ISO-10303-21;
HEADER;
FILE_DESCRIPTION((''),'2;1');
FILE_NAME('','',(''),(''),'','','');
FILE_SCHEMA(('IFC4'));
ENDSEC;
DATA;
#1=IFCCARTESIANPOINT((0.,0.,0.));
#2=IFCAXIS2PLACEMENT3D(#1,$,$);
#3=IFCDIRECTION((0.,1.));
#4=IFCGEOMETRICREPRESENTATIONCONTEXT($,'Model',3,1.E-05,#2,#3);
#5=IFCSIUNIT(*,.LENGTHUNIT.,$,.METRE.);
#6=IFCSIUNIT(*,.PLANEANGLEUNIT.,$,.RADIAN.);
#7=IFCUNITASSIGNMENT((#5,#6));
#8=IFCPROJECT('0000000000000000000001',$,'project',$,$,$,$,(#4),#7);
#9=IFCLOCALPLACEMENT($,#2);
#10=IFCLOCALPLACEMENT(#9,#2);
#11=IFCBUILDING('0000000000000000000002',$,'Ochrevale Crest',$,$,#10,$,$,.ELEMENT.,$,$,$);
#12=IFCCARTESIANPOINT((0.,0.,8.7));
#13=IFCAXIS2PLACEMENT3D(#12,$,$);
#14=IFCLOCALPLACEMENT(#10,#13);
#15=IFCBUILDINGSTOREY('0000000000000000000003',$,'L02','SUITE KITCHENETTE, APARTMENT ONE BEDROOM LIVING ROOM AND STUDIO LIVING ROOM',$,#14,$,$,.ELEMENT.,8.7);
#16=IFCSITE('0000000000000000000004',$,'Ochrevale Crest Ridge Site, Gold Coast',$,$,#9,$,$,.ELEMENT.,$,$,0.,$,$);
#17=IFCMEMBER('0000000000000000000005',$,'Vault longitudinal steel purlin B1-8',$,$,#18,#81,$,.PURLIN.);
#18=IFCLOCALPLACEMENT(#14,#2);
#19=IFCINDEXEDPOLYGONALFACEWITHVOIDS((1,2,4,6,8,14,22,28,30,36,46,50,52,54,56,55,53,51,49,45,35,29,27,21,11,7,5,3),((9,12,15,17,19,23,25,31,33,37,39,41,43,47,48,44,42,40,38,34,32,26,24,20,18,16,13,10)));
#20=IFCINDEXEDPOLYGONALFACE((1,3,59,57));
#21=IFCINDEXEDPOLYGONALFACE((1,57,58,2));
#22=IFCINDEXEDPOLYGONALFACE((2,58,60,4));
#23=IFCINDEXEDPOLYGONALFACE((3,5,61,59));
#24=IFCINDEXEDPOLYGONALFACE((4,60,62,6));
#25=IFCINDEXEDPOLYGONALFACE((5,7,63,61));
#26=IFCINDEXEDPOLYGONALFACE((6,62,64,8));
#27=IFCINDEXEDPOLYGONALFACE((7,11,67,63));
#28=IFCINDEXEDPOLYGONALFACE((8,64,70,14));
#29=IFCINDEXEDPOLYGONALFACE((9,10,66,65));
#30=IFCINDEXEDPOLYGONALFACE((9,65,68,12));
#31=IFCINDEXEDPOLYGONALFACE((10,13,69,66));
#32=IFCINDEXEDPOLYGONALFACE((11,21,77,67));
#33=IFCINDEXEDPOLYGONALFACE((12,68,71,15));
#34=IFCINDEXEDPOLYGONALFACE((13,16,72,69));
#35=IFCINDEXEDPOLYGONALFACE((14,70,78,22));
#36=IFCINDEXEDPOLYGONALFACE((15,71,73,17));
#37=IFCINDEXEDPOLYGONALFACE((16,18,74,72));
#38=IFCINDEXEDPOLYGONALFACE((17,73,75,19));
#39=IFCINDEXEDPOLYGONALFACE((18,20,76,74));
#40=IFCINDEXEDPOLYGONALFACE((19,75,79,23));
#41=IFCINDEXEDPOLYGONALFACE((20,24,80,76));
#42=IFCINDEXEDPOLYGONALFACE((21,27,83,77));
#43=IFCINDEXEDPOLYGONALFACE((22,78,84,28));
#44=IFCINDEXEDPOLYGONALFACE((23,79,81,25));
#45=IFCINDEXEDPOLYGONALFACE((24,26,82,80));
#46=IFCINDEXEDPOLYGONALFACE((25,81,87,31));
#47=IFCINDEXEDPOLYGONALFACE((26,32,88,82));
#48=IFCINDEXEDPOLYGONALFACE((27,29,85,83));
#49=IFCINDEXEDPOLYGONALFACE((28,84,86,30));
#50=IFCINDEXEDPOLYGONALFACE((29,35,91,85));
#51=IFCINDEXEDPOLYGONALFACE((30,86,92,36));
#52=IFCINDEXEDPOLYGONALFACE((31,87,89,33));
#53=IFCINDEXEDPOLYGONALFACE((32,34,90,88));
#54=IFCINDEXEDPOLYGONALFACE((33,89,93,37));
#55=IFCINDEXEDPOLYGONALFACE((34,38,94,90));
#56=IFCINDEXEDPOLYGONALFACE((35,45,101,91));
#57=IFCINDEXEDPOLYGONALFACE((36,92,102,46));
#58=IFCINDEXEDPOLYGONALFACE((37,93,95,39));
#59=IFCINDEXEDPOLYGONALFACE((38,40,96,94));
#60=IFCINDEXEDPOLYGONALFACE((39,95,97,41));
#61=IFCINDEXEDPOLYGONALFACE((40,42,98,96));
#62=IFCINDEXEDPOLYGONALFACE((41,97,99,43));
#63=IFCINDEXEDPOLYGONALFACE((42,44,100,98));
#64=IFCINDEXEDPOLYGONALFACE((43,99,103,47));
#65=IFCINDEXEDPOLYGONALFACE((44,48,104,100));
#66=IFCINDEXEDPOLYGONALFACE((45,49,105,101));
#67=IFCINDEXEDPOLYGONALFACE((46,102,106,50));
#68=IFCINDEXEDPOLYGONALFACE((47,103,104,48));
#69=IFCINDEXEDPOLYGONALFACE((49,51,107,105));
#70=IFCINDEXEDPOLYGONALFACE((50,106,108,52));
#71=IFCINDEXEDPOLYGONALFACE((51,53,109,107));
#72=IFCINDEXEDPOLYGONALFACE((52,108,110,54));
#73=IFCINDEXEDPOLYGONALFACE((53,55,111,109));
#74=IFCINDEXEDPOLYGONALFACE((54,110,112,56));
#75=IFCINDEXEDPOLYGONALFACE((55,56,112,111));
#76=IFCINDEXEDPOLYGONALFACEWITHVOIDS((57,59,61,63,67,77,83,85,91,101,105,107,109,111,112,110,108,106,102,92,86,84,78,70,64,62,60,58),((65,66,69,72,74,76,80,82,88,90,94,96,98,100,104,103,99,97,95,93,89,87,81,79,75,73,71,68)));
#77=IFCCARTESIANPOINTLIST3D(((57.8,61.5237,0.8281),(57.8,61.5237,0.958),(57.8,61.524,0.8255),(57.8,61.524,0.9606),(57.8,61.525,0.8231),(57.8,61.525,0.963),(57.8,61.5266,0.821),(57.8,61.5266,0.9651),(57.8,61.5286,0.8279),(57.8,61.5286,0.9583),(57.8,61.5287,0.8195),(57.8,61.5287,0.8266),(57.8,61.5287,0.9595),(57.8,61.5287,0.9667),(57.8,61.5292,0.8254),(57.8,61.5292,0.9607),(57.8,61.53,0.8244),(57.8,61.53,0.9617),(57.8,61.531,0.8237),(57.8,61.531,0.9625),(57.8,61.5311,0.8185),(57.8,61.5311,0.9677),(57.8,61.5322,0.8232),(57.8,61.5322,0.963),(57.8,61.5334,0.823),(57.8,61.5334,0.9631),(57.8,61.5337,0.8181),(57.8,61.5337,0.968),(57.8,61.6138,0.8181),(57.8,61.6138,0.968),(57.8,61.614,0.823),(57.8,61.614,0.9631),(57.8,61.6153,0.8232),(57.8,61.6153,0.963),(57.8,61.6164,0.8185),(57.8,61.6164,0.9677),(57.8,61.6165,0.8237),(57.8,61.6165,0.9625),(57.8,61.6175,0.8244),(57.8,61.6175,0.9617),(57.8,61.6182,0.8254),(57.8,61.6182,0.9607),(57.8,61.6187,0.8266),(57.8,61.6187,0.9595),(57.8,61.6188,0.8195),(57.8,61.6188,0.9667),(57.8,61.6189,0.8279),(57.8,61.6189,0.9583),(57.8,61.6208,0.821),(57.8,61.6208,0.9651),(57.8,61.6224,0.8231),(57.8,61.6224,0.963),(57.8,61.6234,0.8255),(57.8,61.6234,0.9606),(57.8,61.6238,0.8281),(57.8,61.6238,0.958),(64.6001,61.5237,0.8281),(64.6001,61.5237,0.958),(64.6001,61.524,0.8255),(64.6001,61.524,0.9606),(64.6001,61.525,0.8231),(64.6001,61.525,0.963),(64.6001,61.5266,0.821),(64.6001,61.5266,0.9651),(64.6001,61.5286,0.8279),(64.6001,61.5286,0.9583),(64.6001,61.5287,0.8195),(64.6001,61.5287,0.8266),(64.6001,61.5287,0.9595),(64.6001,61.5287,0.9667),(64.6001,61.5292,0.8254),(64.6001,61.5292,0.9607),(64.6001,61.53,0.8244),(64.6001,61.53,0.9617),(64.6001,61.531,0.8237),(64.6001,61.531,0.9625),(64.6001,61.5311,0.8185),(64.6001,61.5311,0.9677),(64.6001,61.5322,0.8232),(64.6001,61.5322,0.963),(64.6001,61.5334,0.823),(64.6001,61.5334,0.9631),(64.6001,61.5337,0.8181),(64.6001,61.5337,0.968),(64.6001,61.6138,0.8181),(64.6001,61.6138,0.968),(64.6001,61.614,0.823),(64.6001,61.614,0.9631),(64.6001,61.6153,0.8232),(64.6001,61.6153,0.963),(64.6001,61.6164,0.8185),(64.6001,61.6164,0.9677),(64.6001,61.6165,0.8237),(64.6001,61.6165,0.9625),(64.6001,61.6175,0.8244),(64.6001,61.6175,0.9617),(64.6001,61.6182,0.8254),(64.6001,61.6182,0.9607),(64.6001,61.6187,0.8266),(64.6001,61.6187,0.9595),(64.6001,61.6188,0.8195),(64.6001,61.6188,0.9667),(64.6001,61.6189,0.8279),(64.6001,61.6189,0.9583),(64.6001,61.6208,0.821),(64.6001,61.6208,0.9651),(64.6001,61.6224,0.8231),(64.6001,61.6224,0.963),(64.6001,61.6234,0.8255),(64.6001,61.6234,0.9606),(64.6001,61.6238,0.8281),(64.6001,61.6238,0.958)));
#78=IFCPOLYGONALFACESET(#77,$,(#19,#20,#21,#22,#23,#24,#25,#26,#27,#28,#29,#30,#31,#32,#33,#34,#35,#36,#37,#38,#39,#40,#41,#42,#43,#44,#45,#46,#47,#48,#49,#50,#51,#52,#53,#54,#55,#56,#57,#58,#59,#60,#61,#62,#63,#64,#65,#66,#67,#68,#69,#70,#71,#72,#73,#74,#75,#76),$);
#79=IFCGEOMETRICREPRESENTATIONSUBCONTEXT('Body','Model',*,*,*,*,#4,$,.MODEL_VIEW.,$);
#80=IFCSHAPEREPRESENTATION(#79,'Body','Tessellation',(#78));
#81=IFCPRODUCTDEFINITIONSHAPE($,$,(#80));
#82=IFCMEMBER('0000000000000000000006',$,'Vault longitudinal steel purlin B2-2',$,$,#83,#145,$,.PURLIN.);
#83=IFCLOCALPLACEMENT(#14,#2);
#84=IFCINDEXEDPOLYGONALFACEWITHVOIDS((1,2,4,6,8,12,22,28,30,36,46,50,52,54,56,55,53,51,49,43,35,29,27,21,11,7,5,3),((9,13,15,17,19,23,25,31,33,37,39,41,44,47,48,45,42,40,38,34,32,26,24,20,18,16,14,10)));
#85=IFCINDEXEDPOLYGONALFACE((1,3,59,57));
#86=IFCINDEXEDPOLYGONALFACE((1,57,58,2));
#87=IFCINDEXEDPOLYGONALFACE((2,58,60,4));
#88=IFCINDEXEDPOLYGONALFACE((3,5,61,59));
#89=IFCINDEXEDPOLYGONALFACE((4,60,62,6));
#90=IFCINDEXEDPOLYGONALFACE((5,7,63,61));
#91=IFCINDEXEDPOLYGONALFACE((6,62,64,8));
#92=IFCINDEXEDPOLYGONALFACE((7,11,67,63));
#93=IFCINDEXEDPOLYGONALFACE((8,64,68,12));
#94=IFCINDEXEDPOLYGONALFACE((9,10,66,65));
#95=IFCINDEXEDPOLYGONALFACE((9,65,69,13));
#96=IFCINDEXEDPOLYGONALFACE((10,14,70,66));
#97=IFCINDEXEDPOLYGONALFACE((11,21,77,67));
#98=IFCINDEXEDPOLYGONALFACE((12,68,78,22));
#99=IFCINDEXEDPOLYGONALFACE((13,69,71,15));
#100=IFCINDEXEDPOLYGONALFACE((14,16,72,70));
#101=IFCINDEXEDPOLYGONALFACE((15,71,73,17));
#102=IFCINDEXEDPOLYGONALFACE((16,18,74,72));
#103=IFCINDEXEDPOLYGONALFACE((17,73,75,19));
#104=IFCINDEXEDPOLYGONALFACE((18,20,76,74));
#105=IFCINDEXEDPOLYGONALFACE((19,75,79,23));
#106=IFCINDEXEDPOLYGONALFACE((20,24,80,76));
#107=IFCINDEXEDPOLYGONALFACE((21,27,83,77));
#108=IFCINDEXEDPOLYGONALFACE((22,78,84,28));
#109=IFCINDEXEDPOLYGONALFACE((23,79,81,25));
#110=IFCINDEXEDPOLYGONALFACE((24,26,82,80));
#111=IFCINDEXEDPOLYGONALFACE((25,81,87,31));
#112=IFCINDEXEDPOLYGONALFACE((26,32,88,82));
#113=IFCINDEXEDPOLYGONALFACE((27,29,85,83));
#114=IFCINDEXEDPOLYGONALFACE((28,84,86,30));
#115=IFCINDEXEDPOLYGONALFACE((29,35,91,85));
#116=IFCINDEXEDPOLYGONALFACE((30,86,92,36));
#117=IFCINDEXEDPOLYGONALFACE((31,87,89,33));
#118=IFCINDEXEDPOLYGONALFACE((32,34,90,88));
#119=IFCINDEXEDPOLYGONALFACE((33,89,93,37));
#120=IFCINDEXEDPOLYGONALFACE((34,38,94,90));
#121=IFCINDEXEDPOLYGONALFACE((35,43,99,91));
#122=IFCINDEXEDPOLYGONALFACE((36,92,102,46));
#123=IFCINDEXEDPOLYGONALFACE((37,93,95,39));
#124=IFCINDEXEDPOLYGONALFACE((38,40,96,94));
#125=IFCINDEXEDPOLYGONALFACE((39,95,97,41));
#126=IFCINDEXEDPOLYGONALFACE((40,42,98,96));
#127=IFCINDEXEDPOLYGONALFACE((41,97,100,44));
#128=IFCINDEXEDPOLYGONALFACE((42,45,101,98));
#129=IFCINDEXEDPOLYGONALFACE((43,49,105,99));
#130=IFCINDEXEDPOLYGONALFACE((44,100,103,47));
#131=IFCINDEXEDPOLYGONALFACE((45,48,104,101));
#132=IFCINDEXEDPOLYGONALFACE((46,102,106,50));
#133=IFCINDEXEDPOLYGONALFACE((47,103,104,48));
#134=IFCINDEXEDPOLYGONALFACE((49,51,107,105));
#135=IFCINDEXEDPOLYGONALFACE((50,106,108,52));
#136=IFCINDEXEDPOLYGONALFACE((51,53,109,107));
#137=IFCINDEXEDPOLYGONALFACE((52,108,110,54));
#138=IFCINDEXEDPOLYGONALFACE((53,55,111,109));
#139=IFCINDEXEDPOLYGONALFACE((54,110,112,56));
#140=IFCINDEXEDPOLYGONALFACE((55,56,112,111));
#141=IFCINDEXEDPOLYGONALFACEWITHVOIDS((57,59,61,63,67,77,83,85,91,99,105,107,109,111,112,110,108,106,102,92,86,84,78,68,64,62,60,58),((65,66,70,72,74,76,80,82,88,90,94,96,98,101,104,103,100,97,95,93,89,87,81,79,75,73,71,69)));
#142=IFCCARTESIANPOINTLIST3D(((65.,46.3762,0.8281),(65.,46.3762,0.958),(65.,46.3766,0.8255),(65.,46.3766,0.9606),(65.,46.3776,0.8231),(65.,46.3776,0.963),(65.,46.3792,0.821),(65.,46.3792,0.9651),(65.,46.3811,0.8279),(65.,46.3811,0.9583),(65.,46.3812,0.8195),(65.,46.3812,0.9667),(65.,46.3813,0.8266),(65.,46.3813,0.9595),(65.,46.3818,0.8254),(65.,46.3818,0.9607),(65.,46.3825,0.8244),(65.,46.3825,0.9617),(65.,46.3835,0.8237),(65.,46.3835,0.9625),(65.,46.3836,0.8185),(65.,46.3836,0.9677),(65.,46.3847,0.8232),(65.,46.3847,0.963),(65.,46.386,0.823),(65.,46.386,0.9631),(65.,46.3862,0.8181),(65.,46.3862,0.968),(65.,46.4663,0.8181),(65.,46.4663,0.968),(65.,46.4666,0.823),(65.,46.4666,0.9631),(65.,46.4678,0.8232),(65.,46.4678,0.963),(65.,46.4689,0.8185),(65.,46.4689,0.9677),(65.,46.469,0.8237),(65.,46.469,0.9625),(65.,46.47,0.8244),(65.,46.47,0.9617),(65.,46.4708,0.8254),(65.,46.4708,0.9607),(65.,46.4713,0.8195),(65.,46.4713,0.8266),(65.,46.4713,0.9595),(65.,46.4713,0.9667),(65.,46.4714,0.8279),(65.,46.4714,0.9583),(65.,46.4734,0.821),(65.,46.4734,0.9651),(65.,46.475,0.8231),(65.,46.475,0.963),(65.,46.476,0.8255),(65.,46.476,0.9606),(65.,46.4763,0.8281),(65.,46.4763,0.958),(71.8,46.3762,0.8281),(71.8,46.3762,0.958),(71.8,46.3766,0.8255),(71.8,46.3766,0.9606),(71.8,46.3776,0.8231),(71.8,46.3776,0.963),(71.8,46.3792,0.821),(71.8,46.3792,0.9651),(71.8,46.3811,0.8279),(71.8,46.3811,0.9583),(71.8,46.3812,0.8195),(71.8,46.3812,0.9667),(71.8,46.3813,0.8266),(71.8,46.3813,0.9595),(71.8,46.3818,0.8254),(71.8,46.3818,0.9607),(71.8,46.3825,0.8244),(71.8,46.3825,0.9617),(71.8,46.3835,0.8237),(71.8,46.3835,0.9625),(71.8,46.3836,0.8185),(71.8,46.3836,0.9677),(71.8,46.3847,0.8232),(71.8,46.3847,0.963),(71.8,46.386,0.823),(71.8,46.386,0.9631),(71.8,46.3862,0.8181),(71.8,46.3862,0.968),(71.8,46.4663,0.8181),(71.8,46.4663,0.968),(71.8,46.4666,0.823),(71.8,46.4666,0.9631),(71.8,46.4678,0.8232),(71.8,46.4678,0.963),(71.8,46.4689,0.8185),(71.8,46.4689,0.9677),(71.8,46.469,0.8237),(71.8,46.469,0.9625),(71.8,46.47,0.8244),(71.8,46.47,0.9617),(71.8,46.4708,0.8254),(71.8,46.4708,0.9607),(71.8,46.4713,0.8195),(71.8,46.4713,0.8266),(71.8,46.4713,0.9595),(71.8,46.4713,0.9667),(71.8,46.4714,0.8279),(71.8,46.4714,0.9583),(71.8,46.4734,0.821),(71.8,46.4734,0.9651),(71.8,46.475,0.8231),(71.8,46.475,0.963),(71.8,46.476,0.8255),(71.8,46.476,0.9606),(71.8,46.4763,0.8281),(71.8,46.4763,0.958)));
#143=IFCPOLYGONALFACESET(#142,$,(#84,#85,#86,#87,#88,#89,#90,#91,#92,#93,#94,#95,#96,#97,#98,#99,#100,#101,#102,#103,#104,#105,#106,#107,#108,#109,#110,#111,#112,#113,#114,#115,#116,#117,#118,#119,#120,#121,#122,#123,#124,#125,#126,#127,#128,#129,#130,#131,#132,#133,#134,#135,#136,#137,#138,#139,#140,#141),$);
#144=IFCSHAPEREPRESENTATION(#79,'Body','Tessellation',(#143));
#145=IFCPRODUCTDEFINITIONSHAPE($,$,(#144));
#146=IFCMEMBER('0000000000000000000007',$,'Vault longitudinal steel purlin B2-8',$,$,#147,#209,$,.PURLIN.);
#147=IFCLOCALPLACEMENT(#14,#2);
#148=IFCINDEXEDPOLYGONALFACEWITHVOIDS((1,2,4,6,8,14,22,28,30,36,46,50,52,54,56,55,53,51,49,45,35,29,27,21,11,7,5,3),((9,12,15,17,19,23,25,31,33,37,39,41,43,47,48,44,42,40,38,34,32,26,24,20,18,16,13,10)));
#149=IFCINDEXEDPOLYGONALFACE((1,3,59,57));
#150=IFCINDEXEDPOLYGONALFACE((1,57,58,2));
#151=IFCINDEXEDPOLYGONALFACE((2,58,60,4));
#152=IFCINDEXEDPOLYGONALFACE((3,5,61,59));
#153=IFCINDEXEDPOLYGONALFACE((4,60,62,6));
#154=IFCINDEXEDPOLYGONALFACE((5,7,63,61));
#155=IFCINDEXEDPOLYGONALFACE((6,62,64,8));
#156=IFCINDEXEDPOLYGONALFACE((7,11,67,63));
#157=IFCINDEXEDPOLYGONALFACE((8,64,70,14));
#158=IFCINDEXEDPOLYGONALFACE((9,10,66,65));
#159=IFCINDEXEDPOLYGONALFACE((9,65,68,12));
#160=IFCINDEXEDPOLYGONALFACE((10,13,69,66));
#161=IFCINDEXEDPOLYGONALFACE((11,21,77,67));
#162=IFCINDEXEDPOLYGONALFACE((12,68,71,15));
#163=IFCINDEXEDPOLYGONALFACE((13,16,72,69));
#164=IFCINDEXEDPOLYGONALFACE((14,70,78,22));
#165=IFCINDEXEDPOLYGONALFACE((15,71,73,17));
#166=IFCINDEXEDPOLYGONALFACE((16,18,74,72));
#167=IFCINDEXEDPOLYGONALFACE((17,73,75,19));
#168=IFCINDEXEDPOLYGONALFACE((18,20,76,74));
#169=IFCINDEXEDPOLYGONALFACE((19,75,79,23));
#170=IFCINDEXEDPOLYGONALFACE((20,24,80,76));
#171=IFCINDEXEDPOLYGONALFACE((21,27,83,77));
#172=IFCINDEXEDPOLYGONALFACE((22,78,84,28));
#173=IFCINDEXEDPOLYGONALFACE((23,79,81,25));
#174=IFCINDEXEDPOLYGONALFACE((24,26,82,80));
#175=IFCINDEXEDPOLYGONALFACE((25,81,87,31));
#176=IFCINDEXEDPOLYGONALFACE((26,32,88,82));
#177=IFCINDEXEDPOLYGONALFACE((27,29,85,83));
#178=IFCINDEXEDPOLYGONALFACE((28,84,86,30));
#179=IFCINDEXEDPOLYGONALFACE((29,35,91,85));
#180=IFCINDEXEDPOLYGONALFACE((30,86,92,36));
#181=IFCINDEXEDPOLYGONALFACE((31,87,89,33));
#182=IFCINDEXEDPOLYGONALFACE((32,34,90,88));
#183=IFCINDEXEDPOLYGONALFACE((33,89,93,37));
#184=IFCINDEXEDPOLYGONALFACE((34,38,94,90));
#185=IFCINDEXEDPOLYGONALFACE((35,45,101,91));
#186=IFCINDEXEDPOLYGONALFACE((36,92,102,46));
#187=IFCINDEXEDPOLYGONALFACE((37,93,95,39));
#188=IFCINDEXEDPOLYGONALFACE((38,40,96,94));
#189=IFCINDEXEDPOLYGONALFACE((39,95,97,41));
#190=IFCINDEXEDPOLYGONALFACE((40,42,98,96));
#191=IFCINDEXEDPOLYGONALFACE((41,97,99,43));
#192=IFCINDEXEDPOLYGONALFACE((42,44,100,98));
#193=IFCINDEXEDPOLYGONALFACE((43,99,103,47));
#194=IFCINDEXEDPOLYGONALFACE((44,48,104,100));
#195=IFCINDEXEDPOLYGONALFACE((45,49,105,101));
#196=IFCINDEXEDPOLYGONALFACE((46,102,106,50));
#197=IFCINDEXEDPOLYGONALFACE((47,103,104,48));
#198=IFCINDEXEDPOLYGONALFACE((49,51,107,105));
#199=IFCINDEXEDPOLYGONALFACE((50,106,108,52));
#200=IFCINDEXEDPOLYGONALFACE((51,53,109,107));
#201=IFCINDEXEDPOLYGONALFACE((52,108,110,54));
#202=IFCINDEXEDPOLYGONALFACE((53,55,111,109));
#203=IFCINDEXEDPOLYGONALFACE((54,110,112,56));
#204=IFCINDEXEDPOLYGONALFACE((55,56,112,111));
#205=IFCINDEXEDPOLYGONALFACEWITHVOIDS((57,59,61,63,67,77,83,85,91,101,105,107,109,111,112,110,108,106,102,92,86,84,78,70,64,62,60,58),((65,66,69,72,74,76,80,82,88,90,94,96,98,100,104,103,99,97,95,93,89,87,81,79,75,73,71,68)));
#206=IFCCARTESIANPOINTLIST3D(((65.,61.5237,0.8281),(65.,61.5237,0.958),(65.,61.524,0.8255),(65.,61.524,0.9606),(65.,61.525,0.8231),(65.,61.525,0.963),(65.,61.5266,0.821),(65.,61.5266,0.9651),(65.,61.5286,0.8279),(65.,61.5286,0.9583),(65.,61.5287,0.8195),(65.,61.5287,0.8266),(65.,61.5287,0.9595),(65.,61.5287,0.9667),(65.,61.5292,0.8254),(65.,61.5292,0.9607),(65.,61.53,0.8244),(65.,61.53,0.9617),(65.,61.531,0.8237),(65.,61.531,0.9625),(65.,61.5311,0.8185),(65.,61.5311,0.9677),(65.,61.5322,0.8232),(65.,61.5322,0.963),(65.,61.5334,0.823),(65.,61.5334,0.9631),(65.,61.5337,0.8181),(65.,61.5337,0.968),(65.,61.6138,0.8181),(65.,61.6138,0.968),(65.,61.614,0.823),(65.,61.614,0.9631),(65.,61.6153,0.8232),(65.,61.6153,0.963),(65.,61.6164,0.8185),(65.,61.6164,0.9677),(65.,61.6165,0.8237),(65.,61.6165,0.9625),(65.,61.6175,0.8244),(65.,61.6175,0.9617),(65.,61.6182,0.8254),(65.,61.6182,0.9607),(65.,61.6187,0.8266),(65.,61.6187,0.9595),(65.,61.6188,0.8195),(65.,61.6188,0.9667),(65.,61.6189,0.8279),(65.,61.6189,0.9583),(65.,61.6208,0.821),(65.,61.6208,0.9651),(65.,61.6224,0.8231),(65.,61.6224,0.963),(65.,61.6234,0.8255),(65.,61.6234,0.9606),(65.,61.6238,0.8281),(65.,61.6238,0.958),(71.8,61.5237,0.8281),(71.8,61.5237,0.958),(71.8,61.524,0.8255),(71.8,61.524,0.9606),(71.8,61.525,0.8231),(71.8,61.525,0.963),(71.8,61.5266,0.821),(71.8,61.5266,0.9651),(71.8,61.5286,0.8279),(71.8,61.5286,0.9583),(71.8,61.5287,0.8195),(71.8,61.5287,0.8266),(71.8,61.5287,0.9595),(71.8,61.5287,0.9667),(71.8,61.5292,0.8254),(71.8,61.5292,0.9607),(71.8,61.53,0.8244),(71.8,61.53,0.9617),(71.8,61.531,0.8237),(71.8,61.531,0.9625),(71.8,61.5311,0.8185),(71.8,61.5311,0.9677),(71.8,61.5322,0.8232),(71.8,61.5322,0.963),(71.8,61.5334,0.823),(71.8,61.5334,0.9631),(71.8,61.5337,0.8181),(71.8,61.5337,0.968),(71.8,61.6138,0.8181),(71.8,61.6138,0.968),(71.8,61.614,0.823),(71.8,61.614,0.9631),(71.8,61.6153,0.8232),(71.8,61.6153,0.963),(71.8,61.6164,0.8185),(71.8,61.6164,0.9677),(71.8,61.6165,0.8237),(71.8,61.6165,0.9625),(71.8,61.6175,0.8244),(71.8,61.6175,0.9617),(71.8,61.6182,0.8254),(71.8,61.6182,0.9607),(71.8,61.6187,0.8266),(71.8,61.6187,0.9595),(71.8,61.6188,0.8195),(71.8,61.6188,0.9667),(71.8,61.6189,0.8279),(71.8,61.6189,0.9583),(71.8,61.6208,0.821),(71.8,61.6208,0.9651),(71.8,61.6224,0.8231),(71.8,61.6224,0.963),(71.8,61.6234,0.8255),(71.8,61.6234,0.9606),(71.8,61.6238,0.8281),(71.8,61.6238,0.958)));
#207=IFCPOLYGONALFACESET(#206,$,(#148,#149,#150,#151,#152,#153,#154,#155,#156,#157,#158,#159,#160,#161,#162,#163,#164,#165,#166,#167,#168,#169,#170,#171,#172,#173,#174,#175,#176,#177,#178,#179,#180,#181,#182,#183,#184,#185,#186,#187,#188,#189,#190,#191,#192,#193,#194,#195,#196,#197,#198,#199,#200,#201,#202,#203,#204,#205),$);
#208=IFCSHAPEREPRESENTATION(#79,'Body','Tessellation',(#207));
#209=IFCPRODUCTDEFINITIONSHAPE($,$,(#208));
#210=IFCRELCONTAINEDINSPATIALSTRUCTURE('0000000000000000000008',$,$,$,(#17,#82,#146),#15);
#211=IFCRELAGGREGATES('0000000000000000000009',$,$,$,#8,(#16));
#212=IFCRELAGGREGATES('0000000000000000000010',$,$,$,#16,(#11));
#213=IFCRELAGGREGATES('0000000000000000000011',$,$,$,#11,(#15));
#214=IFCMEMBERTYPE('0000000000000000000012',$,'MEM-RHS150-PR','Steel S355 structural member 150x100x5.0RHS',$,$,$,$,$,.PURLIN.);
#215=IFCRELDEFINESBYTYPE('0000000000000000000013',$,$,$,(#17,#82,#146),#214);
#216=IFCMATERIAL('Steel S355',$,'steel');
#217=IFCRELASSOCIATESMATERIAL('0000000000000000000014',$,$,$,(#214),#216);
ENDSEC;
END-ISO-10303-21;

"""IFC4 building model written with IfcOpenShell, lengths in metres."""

from ifc_helpers import new_model, si_unit, direction, frame, origin, origin_2d, place, context, subcontext, project, spatial, hollow_rectangle, extrude, material, material_profile, profile_set, type_object, element, save


model = new_model("IFC4")

# Units and contexts
model_context = context("Model", 3, precision=1e-05, world=origin(), true_north=direction((0.0, 1.0)))
body_context = subcontext(model_context, "Body", "Model", "MODEL_VIEW")
ifc_project = project(units=[si_unit("LENGTHUNIT", "METRE"), si_unit("PLANEANGLEUNIT", "RADIAN")], contexts=[model_context])

# Site, building, storey
site_placement = place(None, origin())
site = spatial("IfcSite", under=ifc_project, at=site_placement, Name="Ochrevale Crest Ridge Site, Gold Coast", CompositionType="ELEMENT", RefElevation=0.0)
building_placement = place(site_placement, origin())
building = spatial("IfcBuilding", under=site, at=building_placement, Name="Ochrevale Crest", CompositionType="ELEMENT")
storey_placement = place(building_placement, frame((0.0, 0.0, 8.7)))
storey = spatial("IfcBuildingStorey", under=building, at=storey_placement, Name="L02", Description="SUITE KITCHENETTE, APARTMENT ONE BEDROOM LIVING ROOM AND STUDIO LIVING ROOM", CompositionType="ELEMENT", Elevation=8.7)

# Members
ifc_material_1 = material(Name="Steel S355", Category="steel")
ifc_material_profile_1 = material_profile(ifc_material_1, hollow_rectangle(XDim=0.1001, YDim=0.1499, WallThickness=0.0049, InnerFilletRadius=0.0049, OuterFilletRadius=0.01, at=origin_2d()), Name="150x100x5.0RHS")
ifc_profile_set_1 = profile_set([ifc_material_profile_1], Name="Steel S355")
member_type_1 = type_object("IfcMemberType", Name="MEM-RHS150-PR", Description="Steel S355 structural member 150x100x5.0RHS", PredefinedType="PURLIN", material=ifc_profile_set_1)
for number, where, z_axis, x_axis, name in (
    (1, (57.8, 61.5737, 0.8931), (1.0, 0.0, 0.0), (0.0, 1.0, 0.0), "Vault longitudinal steel purlin B1-8"),
    (2, (65.0, 46.4263, 0.8931), (1.0, 0.0, 0.0), (0.0, 1.0, 0.0), "Vault longitudinal steel purlin B2-2"),
    (3, (65.0, 61.5737, 0.8931), (1.0, 0.0, 0.0), (0.0, 1.0, 0.0), "Vault longitudinal steel purlin B2-8"),
):
    element("IfcMember", number, at=place(storey_placement, frame(where, z_axis=z_axis, x_axis=x_axis)), inside=storey, type_object=member_type_1, Name=name, PredefinedType="PURLIN", context=body_context, shape_type="SweptSolid", body=[
        extrude(hollow_rectangle(XDim=0.1001, YDim=0.1499, WallThickness=0.0049, InnerFilletRadius=0.0049, OuterFilletRadius=0.01, at=origin_2d()), origin(), (0.0, 0.0, 1.0), 6.8),
    ])

save(model, "model.ifc")
